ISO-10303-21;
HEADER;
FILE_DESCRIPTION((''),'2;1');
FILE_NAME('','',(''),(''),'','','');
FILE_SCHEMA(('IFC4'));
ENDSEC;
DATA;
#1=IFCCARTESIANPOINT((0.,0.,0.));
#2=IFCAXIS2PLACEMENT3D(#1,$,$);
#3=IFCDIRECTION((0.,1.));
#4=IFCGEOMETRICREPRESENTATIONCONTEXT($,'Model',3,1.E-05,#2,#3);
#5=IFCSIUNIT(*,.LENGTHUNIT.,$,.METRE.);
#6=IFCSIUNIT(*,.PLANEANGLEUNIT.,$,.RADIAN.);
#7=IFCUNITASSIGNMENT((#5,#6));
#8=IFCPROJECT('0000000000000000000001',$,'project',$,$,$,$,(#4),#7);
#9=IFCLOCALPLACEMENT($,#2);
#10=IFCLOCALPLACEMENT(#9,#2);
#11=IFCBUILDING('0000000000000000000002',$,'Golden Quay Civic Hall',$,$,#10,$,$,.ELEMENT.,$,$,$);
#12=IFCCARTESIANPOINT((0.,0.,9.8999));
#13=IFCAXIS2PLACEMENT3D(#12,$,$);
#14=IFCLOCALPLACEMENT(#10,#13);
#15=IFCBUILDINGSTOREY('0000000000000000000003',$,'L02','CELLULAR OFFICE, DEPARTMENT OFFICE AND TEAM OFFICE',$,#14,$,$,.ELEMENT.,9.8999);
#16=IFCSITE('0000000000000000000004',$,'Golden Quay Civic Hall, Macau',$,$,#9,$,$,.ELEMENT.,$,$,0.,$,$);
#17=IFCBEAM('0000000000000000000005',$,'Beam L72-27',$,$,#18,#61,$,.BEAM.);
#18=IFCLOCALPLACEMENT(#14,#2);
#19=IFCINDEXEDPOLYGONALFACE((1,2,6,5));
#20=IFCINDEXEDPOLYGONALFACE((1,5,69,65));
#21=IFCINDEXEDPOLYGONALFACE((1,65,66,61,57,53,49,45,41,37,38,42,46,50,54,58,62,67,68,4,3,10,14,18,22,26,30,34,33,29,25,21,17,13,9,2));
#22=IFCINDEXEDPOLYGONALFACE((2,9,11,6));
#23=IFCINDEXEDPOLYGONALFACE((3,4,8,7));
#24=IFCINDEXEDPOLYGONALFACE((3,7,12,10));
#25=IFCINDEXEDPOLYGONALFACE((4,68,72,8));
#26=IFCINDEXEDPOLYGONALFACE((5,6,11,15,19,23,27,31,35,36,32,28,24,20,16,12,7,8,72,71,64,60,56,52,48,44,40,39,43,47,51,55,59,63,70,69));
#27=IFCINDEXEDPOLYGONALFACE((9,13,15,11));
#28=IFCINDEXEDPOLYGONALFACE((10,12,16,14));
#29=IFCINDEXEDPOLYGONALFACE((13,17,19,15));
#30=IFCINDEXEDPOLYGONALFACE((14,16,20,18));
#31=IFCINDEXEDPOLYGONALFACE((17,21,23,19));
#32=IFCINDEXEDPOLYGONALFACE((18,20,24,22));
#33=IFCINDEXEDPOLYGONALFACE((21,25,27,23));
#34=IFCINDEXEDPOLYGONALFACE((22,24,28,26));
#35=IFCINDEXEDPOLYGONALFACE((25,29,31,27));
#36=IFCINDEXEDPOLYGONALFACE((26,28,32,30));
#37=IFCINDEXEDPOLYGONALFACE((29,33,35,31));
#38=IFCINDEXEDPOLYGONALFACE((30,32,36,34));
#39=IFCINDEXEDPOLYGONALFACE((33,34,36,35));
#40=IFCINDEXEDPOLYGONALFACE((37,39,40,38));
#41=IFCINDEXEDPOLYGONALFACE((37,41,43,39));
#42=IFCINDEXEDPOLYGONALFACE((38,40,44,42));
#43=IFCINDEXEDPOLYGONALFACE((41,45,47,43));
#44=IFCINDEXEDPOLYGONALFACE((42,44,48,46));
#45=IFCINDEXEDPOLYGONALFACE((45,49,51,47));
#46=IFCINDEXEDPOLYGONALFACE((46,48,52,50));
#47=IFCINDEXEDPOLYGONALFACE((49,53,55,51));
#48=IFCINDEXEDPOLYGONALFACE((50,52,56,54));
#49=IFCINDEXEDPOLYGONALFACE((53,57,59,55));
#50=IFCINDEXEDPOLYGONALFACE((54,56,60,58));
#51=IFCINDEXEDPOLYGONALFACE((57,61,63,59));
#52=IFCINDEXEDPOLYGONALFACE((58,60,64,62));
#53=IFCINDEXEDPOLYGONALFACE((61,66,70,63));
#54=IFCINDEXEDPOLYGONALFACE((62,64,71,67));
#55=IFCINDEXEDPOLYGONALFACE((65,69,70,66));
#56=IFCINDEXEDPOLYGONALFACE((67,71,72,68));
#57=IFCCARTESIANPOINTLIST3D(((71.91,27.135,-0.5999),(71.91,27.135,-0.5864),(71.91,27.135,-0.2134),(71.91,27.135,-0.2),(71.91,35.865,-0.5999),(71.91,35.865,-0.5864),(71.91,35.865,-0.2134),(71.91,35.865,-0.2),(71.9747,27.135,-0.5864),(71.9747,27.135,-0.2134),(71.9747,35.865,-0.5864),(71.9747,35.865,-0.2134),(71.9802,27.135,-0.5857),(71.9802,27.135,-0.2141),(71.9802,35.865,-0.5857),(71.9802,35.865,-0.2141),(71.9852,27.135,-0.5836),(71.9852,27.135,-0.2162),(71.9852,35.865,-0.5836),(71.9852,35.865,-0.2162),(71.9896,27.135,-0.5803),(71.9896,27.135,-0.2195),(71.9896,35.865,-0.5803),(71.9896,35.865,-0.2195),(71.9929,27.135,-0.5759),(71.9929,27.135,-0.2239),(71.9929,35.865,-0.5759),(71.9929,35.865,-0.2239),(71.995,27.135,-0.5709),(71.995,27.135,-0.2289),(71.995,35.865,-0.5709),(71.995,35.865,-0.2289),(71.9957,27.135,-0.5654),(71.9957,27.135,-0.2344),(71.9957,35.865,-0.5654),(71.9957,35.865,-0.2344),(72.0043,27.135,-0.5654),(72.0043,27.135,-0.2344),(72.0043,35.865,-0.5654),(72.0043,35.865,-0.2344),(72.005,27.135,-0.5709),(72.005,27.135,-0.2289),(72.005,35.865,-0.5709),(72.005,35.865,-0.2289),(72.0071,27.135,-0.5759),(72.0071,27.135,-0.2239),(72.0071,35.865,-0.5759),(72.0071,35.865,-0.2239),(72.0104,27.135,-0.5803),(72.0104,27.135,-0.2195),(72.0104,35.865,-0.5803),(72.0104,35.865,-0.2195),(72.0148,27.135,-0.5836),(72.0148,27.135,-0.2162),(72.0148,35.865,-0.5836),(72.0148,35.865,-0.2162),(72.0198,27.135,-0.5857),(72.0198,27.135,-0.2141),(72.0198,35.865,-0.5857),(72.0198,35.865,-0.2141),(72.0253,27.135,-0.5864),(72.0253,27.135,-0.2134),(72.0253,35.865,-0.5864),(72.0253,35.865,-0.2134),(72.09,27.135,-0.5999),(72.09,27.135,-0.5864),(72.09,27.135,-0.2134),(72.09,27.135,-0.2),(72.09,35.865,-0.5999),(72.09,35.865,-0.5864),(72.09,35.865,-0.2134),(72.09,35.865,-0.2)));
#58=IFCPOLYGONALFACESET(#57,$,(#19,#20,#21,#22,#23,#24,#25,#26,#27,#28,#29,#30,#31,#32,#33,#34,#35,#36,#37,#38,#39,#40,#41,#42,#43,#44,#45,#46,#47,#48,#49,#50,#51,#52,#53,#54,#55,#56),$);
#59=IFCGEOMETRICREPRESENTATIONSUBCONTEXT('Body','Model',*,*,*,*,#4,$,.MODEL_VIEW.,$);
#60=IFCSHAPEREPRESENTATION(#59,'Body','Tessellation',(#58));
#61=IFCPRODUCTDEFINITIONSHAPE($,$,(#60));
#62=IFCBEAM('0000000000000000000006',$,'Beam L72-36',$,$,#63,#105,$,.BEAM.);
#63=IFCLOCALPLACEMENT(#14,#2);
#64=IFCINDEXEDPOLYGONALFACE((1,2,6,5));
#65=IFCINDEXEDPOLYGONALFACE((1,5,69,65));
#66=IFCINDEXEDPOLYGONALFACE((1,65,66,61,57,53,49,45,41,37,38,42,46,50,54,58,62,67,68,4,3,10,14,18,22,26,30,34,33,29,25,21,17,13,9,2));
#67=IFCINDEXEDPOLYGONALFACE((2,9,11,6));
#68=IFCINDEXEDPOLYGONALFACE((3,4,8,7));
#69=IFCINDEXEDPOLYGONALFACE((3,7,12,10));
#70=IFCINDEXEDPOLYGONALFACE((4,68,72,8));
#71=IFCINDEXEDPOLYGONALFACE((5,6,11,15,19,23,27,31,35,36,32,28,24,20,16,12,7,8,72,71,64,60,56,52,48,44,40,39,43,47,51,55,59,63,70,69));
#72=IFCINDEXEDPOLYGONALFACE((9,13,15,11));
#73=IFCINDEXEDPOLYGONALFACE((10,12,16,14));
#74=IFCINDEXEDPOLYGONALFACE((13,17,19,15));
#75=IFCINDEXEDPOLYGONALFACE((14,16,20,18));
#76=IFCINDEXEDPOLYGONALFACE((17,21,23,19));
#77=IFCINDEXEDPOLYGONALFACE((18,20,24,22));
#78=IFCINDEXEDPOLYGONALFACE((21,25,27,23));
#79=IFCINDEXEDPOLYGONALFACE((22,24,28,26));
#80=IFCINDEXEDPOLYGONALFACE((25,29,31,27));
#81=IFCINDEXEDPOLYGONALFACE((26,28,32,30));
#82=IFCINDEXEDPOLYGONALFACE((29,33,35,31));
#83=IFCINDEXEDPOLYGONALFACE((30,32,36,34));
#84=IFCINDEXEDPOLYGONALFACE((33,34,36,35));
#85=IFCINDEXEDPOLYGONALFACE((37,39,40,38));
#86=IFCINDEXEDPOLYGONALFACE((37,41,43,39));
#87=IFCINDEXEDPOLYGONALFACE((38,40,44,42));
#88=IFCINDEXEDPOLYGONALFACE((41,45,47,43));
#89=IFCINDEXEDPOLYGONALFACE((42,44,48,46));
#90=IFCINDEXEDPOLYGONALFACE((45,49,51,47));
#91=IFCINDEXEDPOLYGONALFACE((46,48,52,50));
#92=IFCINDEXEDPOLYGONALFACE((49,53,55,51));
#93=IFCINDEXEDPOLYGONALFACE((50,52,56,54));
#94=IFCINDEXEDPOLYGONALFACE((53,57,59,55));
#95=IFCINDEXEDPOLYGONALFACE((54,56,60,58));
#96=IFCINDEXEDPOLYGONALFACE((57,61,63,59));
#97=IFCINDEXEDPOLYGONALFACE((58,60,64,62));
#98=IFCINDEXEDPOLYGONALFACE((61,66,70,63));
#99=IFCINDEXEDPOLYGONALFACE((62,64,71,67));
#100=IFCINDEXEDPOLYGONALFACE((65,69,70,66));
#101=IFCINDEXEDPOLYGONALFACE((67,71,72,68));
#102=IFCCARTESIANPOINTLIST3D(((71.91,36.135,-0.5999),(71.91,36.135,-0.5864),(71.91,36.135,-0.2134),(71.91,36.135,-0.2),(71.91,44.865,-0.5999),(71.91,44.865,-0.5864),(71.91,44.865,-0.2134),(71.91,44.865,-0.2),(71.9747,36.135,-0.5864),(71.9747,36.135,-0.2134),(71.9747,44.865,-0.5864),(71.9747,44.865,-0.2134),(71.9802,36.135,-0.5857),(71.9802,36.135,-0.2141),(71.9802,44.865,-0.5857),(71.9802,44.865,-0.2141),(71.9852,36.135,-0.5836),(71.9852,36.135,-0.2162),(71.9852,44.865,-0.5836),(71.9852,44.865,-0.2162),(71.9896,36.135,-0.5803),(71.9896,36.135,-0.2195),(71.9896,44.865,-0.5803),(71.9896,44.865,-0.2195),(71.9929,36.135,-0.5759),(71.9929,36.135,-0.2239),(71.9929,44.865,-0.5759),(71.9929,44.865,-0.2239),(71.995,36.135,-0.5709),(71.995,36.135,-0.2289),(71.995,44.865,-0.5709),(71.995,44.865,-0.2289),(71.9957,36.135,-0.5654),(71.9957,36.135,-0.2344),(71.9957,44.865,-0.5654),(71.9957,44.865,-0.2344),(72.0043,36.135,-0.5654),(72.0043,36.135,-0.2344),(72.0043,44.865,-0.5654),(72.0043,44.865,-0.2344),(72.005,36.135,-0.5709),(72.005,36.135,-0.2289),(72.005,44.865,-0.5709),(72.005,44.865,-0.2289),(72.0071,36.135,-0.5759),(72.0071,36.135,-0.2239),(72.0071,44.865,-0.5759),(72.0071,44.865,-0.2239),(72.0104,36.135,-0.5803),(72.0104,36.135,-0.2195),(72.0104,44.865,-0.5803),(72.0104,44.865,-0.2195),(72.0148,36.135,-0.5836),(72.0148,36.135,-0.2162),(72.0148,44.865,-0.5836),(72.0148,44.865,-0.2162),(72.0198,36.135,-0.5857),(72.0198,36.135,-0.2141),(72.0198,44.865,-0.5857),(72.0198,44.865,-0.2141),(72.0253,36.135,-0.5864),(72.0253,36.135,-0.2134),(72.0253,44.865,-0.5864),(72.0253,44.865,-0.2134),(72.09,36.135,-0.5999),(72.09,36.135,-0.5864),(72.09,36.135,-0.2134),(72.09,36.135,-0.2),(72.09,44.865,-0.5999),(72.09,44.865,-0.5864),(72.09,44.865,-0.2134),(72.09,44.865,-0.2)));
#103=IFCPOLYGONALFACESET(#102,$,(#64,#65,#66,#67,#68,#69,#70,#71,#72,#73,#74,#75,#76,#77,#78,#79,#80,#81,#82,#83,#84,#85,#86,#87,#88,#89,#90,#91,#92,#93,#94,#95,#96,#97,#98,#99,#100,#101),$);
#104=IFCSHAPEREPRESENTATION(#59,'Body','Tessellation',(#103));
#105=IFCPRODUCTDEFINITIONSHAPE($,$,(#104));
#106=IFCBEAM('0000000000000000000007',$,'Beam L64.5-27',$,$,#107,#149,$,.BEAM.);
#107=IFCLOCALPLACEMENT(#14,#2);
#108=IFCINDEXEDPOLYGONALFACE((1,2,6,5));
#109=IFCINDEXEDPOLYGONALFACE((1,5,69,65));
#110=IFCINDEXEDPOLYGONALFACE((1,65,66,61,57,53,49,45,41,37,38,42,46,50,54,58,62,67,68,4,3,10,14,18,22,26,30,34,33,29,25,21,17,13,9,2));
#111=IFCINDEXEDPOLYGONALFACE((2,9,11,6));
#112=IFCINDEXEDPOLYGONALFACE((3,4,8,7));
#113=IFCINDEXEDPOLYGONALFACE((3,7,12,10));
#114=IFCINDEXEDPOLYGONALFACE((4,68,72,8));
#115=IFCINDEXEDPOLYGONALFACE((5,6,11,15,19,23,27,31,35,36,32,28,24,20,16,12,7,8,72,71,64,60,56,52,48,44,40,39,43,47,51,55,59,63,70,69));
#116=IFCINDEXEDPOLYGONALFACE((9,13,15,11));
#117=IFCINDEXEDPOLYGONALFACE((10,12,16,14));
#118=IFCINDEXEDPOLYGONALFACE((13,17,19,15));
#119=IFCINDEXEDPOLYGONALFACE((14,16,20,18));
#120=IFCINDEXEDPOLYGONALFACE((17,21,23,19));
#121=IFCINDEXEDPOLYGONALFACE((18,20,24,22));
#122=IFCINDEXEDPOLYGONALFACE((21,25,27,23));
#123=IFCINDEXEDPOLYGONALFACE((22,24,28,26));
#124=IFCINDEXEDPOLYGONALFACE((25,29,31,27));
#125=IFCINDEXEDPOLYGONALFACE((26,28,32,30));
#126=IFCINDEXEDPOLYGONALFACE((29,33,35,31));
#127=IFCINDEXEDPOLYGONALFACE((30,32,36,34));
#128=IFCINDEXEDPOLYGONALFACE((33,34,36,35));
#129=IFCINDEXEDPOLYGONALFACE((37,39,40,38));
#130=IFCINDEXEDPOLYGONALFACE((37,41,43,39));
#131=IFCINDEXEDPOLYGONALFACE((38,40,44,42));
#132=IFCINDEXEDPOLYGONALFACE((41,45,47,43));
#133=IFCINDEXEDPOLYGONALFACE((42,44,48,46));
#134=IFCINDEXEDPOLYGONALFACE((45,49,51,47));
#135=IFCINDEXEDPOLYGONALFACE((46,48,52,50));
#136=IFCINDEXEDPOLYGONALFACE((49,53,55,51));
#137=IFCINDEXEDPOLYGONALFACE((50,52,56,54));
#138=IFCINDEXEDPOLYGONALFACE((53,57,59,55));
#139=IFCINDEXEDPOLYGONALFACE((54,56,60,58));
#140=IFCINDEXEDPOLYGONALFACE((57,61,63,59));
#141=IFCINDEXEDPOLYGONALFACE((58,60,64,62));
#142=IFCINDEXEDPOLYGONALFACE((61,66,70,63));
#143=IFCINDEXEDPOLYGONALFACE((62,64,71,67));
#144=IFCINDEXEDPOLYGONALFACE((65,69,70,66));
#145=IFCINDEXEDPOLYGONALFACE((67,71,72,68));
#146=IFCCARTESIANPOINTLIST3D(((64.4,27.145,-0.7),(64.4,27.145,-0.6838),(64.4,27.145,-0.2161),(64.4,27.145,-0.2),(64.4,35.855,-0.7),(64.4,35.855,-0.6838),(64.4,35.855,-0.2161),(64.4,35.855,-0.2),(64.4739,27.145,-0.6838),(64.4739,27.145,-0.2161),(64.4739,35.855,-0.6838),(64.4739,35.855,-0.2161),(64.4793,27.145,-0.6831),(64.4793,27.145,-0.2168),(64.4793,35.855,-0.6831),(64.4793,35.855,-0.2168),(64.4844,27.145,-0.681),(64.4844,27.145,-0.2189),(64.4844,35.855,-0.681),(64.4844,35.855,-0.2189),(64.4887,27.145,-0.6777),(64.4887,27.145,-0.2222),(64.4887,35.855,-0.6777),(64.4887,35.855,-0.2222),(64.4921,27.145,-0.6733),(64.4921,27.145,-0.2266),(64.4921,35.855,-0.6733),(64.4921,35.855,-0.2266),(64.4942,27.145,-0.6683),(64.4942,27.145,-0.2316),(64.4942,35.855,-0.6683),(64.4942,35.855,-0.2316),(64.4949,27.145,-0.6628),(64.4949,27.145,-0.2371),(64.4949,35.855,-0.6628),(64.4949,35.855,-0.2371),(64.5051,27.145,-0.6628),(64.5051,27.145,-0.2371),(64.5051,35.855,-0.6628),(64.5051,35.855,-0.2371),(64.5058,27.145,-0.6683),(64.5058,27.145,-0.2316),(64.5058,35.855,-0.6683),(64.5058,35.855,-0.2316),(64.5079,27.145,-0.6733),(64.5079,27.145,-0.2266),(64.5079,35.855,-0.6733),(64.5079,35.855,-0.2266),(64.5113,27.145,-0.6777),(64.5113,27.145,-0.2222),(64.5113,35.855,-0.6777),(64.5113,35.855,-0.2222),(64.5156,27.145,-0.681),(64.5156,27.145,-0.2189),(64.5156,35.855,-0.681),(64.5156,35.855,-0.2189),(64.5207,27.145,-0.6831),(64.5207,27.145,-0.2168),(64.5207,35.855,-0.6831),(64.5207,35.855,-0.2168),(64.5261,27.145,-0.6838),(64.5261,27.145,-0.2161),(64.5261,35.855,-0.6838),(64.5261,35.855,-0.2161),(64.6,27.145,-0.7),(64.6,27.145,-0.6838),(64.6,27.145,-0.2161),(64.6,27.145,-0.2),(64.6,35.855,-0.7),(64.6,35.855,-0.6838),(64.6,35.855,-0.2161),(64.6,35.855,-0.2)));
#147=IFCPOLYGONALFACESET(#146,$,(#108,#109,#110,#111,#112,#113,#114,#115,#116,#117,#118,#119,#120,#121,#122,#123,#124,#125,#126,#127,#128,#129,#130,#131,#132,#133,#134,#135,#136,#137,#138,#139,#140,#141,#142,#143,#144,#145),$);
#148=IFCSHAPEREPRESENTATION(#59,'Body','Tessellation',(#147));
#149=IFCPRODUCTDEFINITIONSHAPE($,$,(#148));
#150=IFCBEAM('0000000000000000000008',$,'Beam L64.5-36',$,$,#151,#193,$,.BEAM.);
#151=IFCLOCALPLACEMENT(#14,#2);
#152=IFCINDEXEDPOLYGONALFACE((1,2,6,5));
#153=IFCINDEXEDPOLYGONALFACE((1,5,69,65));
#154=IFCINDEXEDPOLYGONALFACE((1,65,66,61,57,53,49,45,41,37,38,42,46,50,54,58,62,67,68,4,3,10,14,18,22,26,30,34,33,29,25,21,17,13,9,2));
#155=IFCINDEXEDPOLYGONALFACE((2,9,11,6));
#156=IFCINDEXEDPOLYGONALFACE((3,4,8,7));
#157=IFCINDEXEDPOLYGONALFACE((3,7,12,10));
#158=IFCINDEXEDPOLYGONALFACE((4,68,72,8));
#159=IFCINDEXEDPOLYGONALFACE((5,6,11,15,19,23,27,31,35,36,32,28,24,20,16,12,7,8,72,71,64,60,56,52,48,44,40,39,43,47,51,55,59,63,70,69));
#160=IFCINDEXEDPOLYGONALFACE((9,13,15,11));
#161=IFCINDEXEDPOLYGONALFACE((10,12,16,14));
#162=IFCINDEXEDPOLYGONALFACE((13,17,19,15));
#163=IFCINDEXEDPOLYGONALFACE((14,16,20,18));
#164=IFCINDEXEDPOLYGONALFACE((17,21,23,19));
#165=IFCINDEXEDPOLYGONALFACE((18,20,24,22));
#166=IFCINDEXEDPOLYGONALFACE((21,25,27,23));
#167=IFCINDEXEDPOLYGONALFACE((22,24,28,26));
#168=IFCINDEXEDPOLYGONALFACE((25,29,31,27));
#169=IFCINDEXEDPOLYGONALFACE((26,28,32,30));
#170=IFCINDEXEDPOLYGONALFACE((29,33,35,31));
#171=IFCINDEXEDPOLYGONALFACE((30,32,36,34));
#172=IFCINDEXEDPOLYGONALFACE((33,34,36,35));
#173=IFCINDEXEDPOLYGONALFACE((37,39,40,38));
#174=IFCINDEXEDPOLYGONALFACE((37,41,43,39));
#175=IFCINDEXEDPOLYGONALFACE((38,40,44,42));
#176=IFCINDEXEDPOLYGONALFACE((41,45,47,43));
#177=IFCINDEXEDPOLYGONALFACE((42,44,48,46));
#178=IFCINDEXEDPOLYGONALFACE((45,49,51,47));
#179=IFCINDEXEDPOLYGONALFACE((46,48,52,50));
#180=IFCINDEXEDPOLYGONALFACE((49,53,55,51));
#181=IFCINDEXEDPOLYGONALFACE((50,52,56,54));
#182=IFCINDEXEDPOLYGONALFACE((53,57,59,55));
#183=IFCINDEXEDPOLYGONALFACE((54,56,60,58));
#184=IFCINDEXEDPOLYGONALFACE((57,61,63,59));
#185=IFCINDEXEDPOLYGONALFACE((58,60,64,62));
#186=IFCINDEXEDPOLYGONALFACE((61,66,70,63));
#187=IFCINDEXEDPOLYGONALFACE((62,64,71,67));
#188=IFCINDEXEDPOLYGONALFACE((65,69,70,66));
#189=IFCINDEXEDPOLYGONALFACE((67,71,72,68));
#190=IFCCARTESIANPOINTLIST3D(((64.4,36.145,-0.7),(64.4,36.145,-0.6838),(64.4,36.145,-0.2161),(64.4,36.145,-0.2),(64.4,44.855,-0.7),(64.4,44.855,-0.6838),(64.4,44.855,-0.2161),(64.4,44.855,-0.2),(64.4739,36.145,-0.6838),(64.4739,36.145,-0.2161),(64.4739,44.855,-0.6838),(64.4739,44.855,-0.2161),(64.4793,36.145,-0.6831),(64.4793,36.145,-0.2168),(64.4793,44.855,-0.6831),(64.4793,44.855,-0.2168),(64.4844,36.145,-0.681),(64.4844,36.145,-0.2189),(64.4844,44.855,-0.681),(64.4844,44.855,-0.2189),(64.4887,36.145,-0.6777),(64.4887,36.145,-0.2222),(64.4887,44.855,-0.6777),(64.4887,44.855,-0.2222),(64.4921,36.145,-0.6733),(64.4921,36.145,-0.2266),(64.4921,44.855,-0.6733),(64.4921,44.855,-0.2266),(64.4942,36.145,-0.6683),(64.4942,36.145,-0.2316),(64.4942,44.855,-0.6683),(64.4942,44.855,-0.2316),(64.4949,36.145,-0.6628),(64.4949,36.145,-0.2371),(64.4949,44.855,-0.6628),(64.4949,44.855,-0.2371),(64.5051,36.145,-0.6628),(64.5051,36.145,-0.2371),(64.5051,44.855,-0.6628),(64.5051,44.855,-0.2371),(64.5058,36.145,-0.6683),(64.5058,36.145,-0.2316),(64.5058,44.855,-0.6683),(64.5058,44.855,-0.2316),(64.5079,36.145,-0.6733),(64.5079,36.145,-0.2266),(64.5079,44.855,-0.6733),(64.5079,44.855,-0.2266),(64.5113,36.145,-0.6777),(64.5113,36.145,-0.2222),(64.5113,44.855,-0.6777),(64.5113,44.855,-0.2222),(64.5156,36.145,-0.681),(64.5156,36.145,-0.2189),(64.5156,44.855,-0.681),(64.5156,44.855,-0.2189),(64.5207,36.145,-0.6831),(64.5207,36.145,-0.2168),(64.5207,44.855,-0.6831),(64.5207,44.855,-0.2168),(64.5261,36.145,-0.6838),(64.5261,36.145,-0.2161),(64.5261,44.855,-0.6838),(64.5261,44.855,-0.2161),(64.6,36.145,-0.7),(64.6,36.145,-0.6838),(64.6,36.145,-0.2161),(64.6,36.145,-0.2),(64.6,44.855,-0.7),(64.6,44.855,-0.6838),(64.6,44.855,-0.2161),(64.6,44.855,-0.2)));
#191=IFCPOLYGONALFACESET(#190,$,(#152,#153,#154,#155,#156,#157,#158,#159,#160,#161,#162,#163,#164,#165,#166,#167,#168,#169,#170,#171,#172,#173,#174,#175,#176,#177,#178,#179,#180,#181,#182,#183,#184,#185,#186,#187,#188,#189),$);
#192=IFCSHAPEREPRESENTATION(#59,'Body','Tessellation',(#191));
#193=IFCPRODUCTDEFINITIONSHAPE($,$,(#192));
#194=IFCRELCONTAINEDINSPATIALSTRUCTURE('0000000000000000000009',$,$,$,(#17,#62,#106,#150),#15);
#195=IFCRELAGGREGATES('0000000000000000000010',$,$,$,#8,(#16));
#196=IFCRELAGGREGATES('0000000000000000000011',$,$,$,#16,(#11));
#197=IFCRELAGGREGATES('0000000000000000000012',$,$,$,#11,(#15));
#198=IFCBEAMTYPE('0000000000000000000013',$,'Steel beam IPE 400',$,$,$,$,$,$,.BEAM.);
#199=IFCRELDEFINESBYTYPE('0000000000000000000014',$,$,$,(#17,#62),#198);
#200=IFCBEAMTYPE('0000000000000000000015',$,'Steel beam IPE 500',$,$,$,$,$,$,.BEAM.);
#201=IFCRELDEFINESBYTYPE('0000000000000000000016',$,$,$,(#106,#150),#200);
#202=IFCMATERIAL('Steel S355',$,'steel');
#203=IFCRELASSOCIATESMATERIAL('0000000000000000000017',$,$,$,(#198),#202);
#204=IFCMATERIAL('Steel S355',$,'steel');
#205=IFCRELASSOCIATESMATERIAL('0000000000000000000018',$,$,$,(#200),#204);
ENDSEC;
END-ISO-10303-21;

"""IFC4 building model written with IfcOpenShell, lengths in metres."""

from ifc_helpers import new_model, si_unit, direction, frame, origin, origin_2d, place, context, subcontext, project, spatial, i_section, extrude, material, material_profile, profile_set, type_object, element, save


model = new_model("IFC4")

# Units and contexts
model_context = context("Model", 3, precision=1e-05, world=origin(), true_north=direction((0.0, 1.0)))
body_context = subcontext(model_context, "Body", "Model", "MODEL_VIEW")
ifc_project = project(units=[si_unit("LENGTHUNIT", "METRE"), si_unit("PLANEANGLEUNIT", "RADIAN")], contexts=[model_context])

# Site, building, storey
site_placement = place(None, origin())
site = spatial("IfcSite", under=ifc_project, at=site_placement, Name="Golden Quay Civic Hall, Macau", CompositionType="ELEMENT", RefElevation=0.0)
building_placement = place(site_placement, origin())
building = spatial("IfcBuilding", under=site, at=building_placement, Name="Golden Quay Civic Hall", CompositionType="ELEMENT")
storey_placement = place(building_placement, frame((0.0, 0.0, 9.8999)))
storey = spatial("IfcBuildingStorey", under=building, at=storey_placement, Name="L02", Description="CELLULAR OFFICE, DEPARTMENT OFFICE AND TEAM OFFICE", CompositionType="ELEMENT", Elevation=9.8999)

# Beams
ifc_material_1 = material(Name="Steel S355", Category="steel")
ifc_material_profile_1 = material_profile(ifc_material_1, i_section(OverallWidth=0.1799, OverallDepth=0.3999, WebThickness=0.0085, FlangeThickness=0.0134, FilletRadius=0.021, at=origin_2d()), Name="IPE 400")
ifc_profile_set_1 = profile_set([ifc_material_profile_1], Name="Steel S355")
beam_type_1 = type_object("IfcBeamType", Name="Steel beam IPE 400", PredefinedType="BEAM", material=ifc_profile_set_1)
for number, where, z_axis, x_axis, name in (
    (1, (72.0, 27.135, -0.3999), (0.0, 1.0, 0.0), (-1.0, 0.0, 0.0), "Beam L72-27"),
    (2, (72.0, 36.135, -0.3999), (0.0, 1.0, 0.0), (-1.0, 0.0, 0.0), "Beam L72-36"),
):
    element("IfcBeam", number, at=place(storey_placement, frame(where, z_axis=z_axis, x_axis=x_axis)), inside=storey, type_object=beam_type_1, Name=name, PredefinedType="BEAM", context=body_context, shape_type="SweptSolid", body=[
        extrude(i_section(OverallWidth=0.1799, OverallDepth=0.3999, WebThickness=0.0085, FlangeThickness=0.0134, FilletRadius=0.021, at=origin_2d()), origin(), (0.0, 0.0, 1.0), 8.73),
    ])
ifc_material_2 = material(Name="Steel S355", Category="steel")
ifc_material_profile_2 = material_profile(ifc_material_2, i_section(OverallWidth=0.2, OverallDepth=0.5, WebThickness=0.0103, FlangeThickness=0.0161, FilletRadius=0.021, at=origin_2d()), Name="IPE 500")
ifc_profile_set_2 = profile_set([ifc_material_profile_2], Name="Steel S355")
beam_type_2 = type_object("IfcBeamType", Name="Steel beam IPE 500", PredefinedType="BEAM", material=ifc_profile_set_2)
for number, where, z_axis, x_axis, name in (
    (3, (64.5, 27.145, -0.45), (0.0, 1.0, 0.0), (-1.0, 0.0, 0.0), "Beam L64.5-27"),
    (4, (64.5, 36.145, -0.45), (0.0, 1.0, 0.0), (-1.0, 0.0, 0.0), "Beam L64.5-36"),
):
    element("IfcBeam", number, at=place(storey_placement, frame(where, z_axis=z_axis, x_axis=x_axis)), inside=storey, type_object=beam_type_2, Name=name, PredefinedType="BEAM", context=body_context, shape_type="SweptSolid", body=[
        extrude(i_section(OverallWidth=0.2, OverallDepth=0.5, WebThickness=0.0103, FlangeThickness=0.0161, FilletRadius=0.021, at=origin_2d()), origin(), (0.0, 0.0, 1.0), 8.71),
    ])

save(model, "model.ifc")
